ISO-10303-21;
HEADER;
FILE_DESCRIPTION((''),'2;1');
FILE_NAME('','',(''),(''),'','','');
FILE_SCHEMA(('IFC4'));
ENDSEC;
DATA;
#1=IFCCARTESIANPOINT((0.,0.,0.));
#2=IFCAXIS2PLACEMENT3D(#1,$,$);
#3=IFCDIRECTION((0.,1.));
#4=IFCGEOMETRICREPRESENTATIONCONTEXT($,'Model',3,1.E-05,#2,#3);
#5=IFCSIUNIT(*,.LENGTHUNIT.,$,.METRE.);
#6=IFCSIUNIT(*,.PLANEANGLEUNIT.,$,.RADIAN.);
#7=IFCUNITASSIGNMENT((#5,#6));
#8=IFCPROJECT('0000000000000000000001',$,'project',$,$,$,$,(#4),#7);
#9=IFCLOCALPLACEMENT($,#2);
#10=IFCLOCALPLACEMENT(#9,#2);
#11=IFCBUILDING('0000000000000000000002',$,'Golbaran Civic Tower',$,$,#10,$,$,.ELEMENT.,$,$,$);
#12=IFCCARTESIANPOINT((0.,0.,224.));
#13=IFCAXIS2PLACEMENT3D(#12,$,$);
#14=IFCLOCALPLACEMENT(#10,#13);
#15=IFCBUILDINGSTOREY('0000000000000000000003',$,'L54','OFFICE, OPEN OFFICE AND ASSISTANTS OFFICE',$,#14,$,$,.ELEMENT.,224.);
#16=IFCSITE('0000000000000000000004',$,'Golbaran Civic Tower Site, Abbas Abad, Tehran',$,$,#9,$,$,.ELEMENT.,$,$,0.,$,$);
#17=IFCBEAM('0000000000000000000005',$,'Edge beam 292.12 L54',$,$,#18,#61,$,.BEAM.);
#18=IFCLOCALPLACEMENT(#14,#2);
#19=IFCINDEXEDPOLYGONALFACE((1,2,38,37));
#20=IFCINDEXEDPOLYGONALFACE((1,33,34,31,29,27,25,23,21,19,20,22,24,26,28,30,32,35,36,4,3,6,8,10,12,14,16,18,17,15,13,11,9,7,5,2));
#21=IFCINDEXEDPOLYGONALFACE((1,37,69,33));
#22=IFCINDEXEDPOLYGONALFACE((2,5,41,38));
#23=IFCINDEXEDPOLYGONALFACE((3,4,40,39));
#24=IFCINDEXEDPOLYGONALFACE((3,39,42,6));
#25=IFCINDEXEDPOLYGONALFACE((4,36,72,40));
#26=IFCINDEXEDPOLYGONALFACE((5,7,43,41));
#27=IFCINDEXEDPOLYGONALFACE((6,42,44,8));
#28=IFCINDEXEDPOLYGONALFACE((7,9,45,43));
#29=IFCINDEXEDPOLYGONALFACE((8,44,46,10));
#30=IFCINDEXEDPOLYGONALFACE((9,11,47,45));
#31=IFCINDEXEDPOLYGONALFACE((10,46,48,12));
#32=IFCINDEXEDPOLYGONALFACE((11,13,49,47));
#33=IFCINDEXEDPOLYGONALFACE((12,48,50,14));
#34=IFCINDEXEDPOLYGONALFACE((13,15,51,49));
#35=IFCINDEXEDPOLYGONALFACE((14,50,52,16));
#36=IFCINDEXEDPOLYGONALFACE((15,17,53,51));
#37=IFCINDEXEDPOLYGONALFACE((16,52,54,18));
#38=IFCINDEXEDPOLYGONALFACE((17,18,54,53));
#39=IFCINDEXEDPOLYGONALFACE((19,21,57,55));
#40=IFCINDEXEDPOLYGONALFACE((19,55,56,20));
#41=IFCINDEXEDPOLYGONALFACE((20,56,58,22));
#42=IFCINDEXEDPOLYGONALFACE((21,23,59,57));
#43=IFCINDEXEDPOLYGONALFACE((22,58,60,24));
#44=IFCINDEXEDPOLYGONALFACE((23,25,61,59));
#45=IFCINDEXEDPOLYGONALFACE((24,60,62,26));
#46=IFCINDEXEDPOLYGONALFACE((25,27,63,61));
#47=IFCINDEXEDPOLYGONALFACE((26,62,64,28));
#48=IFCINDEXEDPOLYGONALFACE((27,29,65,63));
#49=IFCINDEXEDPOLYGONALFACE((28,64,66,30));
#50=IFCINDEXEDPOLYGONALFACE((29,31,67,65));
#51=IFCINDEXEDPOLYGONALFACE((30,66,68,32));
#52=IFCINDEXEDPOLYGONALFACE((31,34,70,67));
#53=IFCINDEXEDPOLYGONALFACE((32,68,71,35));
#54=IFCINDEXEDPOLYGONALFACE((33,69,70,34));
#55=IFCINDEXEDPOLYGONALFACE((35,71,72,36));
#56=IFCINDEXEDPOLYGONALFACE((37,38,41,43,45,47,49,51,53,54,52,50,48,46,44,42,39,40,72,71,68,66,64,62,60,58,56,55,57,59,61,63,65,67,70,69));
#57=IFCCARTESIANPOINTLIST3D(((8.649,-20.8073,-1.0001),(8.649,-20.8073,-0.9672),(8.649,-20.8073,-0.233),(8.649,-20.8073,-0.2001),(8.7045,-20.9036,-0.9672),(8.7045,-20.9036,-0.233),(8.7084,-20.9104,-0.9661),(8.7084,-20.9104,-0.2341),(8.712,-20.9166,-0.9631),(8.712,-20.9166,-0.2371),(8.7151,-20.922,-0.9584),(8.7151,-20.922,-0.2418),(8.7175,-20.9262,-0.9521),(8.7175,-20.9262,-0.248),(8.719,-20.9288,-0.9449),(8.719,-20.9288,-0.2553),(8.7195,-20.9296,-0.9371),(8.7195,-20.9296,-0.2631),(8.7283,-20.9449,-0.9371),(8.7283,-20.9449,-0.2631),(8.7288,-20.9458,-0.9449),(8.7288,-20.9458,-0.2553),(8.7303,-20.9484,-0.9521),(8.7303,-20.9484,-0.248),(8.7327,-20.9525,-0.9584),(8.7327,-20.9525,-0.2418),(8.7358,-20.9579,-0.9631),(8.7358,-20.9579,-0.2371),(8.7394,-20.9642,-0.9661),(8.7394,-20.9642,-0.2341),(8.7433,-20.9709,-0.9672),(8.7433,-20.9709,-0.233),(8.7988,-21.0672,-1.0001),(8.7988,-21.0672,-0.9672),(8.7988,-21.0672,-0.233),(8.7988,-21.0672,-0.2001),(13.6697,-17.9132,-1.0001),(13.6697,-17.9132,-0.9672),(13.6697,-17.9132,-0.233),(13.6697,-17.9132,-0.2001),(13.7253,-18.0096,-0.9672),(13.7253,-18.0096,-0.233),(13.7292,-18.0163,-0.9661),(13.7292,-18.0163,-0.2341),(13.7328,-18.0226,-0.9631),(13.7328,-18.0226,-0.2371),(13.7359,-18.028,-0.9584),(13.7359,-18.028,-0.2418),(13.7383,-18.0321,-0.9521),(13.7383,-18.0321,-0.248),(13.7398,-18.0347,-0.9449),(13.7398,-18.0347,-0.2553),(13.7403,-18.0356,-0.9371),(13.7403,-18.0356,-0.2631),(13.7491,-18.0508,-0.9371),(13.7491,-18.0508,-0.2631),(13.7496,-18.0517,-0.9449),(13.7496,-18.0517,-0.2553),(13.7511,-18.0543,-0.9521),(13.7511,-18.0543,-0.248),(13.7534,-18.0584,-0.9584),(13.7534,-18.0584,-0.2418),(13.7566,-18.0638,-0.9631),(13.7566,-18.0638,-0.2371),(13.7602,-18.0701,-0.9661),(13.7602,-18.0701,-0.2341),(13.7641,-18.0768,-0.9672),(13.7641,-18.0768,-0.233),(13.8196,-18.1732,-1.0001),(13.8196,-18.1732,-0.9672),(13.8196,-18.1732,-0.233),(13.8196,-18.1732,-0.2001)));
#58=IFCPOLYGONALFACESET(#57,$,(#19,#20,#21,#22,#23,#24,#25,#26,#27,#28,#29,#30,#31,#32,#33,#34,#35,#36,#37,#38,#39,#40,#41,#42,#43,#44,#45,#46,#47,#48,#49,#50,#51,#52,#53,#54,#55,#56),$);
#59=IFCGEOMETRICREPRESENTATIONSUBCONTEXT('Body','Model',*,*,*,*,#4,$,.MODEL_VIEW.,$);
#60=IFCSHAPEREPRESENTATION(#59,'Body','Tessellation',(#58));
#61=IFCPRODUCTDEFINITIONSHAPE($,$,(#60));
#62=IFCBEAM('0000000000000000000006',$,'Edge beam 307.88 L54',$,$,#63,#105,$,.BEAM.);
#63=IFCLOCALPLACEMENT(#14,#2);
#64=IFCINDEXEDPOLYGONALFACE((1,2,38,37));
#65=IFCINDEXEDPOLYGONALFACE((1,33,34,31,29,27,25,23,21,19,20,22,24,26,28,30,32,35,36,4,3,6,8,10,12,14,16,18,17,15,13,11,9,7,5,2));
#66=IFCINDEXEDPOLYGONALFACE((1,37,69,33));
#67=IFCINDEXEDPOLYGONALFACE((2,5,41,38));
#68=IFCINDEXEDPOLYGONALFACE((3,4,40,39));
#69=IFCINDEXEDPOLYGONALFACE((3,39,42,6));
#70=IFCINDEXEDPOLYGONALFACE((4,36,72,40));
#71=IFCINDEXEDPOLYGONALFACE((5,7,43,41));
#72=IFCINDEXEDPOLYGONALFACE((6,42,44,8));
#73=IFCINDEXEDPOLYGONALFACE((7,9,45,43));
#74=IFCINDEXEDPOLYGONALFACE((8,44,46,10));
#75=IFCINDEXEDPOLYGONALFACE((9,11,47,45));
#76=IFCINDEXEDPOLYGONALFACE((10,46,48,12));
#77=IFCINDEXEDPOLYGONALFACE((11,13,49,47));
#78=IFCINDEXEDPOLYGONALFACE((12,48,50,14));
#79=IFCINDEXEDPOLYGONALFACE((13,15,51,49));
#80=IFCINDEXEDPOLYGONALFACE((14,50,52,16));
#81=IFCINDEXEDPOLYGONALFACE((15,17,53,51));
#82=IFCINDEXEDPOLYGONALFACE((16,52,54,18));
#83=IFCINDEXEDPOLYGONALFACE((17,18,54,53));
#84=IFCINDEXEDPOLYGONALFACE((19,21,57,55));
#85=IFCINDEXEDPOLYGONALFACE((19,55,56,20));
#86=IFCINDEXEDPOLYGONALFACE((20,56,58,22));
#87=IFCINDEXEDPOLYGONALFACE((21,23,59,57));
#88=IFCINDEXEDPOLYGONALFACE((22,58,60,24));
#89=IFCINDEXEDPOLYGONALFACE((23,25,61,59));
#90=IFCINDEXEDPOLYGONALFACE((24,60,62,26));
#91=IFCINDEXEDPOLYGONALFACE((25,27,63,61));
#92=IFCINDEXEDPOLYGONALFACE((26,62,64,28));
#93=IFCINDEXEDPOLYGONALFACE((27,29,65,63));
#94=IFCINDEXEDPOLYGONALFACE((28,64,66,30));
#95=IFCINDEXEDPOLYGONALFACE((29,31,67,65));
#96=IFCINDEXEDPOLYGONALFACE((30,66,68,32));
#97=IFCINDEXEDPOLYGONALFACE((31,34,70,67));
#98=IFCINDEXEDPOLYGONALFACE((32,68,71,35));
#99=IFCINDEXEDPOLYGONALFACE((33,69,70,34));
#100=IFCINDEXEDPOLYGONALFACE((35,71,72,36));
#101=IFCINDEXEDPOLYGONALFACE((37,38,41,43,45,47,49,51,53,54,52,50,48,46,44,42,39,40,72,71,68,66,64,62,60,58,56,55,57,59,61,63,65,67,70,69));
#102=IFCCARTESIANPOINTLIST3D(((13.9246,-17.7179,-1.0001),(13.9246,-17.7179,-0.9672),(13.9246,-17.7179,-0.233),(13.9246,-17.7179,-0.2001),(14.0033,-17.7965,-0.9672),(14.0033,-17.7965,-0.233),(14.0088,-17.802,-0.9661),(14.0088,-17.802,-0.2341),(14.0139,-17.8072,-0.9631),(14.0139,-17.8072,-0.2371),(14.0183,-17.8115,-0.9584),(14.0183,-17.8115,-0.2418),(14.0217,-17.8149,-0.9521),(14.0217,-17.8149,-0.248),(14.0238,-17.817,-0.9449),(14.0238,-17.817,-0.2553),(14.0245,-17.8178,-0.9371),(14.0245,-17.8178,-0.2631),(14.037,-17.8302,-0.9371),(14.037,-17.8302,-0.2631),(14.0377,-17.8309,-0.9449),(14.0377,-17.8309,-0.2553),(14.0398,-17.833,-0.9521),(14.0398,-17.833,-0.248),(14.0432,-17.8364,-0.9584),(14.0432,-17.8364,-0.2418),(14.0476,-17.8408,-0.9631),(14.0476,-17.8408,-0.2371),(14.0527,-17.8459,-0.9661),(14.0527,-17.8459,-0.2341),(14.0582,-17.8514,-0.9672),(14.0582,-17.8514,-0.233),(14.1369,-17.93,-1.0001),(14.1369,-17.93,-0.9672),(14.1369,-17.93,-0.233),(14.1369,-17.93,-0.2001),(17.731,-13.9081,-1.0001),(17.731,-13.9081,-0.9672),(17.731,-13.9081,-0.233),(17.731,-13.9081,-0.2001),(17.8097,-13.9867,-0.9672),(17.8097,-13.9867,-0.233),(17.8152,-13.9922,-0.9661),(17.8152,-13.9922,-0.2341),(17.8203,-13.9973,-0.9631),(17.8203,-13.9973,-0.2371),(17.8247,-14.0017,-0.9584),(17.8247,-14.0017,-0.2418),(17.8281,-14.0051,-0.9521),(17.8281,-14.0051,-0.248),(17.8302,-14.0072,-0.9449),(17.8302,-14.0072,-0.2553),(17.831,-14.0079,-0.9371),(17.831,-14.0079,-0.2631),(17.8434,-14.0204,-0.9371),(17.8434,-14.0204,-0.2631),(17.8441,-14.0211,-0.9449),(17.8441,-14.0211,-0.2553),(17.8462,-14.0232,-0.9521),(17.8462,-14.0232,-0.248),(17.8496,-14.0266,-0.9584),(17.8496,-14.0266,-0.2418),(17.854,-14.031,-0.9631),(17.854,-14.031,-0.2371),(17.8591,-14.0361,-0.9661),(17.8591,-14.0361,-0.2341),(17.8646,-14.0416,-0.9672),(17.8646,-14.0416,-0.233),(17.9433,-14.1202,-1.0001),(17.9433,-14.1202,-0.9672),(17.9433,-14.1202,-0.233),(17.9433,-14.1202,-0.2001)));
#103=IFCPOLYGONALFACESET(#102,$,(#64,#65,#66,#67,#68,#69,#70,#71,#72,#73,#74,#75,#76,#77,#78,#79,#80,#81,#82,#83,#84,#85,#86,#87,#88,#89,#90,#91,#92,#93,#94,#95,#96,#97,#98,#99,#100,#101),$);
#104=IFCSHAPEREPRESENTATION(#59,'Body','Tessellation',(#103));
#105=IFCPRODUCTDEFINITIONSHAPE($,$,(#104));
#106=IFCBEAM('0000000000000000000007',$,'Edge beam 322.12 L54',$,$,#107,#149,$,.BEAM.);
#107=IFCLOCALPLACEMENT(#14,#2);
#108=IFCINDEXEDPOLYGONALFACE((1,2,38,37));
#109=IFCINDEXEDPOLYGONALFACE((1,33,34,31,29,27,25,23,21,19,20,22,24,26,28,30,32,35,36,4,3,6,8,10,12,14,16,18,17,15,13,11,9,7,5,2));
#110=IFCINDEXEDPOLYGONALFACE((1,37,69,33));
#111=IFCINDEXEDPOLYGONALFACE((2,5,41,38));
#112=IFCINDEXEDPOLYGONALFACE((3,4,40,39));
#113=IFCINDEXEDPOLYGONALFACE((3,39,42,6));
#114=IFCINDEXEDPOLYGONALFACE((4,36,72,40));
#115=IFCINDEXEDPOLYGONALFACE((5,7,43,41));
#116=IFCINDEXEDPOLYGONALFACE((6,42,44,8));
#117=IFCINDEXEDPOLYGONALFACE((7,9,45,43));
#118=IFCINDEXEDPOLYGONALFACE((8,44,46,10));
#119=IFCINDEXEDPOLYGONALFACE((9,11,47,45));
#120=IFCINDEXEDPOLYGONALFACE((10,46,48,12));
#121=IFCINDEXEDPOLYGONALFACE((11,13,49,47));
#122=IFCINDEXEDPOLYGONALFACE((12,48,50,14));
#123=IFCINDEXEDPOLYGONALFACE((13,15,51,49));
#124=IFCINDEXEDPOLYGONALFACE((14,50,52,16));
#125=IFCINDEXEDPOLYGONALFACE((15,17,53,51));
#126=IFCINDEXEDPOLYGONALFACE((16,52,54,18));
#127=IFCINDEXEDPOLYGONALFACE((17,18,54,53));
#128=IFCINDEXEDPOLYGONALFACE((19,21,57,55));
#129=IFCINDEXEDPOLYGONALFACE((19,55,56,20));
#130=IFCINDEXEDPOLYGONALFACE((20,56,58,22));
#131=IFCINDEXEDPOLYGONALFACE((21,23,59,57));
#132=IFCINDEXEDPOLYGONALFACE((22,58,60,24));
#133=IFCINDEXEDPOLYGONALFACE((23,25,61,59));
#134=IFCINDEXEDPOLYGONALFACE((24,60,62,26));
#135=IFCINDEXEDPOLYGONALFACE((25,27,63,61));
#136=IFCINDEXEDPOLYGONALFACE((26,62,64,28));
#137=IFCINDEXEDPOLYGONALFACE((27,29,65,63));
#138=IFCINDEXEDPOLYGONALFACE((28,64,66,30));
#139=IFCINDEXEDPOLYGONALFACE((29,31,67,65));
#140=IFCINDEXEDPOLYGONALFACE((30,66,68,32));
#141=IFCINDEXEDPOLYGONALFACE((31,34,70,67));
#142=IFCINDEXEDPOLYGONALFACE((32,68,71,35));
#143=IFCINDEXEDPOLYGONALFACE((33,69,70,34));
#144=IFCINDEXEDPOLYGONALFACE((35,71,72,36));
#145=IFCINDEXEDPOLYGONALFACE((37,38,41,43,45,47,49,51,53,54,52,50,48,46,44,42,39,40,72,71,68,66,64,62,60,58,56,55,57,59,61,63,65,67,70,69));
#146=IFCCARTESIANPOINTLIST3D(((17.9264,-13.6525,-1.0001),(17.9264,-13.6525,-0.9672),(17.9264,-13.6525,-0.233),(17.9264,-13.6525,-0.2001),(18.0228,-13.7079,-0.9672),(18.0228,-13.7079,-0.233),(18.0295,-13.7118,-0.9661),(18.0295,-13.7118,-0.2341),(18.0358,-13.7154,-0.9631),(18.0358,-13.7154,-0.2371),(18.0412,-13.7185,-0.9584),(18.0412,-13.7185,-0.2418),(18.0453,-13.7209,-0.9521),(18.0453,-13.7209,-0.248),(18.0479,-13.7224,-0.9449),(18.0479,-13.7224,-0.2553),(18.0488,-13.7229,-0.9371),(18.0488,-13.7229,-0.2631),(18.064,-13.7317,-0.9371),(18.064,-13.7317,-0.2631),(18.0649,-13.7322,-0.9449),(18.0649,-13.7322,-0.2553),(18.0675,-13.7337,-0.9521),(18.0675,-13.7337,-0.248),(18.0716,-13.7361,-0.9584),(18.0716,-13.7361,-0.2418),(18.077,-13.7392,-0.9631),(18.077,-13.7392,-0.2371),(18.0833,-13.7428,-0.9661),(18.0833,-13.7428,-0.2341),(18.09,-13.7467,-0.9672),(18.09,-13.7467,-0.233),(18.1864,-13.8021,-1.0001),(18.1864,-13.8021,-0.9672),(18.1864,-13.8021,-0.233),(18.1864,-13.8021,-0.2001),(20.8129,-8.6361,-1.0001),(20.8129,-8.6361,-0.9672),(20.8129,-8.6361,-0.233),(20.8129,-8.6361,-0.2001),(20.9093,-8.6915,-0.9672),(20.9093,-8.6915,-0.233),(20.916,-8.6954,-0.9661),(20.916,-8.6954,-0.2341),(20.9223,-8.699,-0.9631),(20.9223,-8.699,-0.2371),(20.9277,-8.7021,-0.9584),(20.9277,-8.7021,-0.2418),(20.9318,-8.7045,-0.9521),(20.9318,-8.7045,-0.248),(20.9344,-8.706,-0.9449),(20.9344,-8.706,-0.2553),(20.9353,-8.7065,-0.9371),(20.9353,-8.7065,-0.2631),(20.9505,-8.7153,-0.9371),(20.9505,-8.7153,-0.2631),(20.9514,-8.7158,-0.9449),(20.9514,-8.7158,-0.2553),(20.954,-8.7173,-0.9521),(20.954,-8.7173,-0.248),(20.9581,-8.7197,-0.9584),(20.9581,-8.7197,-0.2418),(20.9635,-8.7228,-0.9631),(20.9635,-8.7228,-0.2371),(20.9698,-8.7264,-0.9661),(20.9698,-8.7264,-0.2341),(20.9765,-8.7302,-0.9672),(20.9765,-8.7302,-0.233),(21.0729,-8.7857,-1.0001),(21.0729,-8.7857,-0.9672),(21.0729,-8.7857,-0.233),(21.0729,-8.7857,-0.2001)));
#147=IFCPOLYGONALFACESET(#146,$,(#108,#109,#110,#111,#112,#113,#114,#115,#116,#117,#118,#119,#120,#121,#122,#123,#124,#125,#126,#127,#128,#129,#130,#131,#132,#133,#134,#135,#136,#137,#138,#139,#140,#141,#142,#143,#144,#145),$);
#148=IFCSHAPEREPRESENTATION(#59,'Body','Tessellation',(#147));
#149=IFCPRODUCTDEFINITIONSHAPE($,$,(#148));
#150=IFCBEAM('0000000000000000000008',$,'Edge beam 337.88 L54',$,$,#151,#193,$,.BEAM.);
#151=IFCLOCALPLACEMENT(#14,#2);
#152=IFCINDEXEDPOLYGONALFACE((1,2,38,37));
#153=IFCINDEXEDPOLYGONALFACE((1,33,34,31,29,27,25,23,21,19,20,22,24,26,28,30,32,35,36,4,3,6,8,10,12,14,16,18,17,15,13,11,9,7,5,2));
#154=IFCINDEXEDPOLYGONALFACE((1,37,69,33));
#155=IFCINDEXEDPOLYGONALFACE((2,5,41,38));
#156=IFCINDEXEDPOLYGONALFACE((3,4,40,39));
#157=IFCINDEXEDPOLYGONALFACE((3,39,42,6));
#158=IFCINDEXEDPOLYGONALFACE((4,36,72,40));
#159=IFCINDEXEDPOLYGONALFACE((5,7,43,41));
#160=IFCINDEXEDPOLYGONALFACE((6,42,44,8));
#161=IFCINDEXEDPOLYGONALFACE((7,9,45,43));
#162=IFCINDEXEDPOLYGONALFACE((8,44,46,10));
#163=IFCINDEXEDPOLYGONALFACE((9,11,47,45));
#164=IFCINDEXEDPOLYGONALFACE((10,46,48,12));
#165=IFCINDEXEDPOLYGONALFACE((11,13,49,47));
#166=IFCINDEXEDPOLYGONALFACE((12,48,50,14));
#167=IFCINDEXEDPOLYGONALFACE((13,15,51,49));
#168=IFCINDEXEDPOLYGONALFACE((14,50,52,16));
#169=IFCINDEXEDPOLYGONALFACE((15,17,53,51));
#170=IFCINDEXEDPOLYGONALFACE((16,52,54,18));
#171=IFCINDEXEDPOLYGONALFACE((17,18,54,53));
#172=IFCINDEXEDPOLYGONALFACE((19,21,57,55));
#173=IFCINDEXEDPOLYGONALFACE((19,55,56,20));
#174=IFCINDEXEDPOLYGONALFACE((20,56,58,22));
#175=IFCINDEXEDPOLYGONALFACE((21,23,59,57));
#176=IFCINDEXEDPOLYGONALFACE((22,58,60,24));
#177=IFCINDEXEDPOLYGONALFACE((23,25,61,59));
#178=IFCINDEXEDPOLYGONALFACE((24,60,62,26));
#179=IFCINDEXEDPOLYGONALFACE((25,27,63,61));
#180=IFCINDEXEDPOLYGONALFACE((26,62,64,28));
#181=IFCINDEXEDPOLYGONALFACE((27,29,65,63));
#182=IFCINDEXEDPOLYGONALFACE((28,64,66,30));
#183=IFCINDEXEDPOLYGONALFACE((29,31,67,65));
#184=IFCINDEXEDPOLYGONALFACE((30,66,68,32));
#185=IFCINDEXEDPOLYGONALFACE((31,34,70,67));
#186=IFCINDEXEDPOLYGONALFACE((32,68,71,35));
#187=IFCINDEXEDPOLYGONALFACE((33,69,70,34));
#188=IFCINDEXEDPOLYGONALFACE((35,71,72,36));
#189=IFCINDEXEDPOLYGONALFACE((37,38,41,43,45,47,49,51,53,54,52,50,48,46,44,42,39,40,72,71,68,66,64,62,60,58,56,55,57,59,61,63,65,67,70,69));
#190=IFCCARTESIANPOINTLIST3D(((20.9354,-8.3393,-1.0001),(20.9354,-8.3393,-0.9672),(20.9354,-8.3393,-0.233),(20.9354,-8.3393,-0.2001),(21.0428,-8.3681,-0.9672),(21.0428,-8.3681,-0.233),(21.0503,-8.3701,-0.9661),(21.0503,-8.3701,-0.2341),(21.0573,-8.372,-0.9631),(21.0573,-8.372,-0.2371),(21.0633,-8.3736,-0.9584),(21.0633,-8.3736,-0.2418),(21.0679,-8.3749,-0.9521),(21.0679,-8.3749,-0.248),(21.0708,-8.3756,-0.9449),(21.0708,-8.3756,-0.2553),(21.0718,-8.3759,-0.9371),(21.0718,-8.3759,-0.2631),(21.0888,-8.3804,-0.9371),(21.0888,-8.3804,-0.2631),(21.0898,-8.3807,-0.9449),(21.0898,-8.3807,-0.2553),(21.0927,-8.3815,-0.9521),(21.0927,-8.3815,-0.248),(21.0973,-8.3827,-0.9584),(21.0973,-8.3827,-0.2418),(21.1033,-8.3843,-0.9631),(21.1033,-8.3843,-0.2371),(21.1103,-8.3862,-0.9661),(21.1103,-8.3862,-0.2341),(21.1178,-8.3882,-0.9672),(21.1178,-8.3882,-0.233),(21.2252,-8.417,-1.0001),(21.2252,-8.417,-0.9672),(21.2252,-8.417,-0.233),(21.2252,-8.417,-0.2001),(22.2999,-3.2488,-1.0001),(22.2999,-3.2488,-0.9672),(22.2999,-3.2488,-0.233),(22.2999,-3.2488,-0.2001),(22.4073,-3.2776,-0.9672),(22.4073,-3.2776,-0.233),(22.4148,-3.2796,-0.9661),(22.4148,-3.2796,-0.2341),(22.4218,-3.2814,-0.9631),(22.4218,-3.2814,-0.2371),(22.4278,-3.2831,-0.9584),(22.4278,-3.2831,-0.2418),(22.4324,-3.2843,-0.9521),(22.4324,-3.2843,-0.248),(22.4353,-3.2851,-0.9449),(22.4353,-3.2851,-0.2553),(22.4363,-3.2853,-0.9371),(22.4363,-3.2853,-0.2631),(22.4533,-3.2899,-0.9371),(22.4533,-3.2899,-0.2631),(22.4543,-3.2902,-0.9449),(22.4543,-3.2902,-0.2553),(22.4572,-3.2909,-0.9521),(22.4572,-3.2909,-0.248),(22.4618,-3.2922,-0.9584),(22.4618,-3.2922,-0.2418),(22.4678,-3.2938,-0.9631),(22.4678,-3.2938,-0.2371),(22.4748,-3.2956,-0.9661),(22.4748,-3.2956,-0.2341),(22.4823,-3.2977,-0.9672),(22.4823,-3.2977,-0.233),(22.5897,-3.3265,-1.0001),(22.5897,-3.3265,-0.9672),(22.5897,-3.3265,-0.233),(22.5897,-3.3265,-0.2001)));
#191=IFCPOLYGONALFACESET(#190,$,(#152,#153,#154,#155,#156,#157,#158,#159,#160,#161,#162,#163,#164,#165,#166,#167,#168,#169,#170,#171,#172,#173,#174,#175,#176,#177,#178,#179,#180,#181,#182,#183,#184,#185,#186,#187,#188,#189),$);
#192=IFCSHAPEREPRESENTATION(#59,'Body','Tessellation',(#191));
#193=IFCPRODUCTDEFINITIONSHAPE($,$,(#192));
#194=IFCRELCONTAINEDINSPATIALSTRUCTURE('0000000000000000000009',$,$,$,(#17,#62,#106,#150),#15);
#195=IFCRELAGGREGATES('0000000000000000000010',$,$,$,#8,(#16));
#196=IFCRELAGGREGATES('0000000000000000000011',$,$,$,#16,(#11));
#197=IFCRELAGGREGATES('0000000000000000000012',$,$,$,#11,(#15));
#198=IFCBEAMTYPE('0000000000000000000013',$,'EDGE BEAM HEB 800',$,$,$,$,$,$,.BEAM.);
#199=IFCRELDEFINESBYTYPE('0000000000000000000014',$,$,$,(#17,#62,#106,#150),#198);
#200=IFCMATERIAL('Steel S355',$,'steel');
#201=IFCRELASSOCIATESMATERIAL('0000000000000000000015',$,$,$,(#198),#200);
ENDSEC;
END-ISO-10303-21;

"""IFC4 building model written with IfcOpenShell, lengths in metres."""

from ifc_helpers import new_model, si_unit, direction, frame, origin, origin_2d, place, context, subcontext, project, spatial, i_section, extrude, material, material_profile, profile_set, type_object, element, save


model = new_model("IFC4")

# Units and contexts
model_context = context("Model", 3, precision=1e-05, world=origin(), true_north=direction((0.0, 1.0)))
body_context = subcontext(model_context, "Body", "Model", "MODEL_VIEW")
ifc_project = project(units=[si_unit("LENGTHUNIT", "METRE"), si_unit("PLANEANGLEUNIT", "RADIAN")], contexts=[model_context])

# Site, building, storey
site_placement = place(None, origin())
site = spatial("IfcSite", under=ifc_project, at=site_placement, Name="Golbaran Civic Tower Site, Abbas Abad, Tehran", CompositionType="ELEMENT", RefElevation=0.0)
building_placement = place(site_placement, origin())
building = spatial("IfcBuilding", under=site, at=building_placement, Name="Golbaran Civic Tower", CompositionType="ELEMENT")
storey_placement = place(building_placement, frame((0.0, 0.0, 224.0)))
storey = spatial("IfcBuildingStorey", under=building, at=storey_placement, Name="L54", Description="OFFICE, OPEN OFFICE AND ASSISTANTS OFFICE", CompositionType="ELEMENT", Elevation=224.0)

# Beams
ifc_material_1 = material(Name="Steel S355", Category="steel")
ifc_material_profile_1 = material_profile(ifc_material_1, i_section(OverallWidth=0.3, OverallDepth=0.8, WebThickness=0.0176, FlangeThickness=0.033, FilletRadius=0.03, at=origin_2d()), Name="HEB 800")
ifc_profile_set_1 = profile_set([ifc_material_profile_1], Name="Steel S355")
beam_type_1 = type_object("IfcBeamType", Name="EDGE BEAM HEB 800", PredefinedType="BEAM", material=ifc_profile_set_1)
beam_1_placement = place(storey_placement, frame((8.7239, -20.9373, -0.6001), z_axis=(0.866376, 0.499393, 0.0), x_axis=(-0.499393, 0.866376, 0.0)))
element("IfcBeam", 1, at=beam_1_placement, inside=storey, type_object=beam_type_1, Name="Edge beam 292.12 L54", PredefinedType="BEAM", context=body_context, shape_type="SweptSolid", body=[
    extrude(i_section(OverallWidth=0.3, OverallDepth=0.8, WebThickness=0.0176, FlangeThickness=0.033, FilletRadius=0.03, at=origin_2d()), origin(), (0.0, 0.0, 1.0), 5.7952),
])
beam_2_placement = place(storey_placement, frame((14.0308, -17.824, -0.6001), z_axis=(0.706789, 0.707424, 0.0), x_axis=(-0.707424, 0.706789, 0.0)))
element("IfcBeam", 2, at=beam_2_placement, inside=storey, type_object=beam_type_1, Name="Edge beam 307.88 L54", PredefinedType="BEAM", context=body_context, shape_type="SweptSolid", body=[
    extrude(i_section(OverallWidth=0.3, OverallDepth=0.8, WebThickness=0.0176, FlangeThickness=0.033, FilletRadius=0.03, at=origin_2d()), origin(), (0.0, 0.0, 1.0), 5.3855),
])
beam_3_placement = place(storey_placement, frame((18.0564, -13.7273, -0.6001), z_axis=(0.49874, 0.866752, 0.0), x_axis=(-0.866752, 0.49874, 0.0)))
element("IfcBeam", 3, at=beam_3_placement, inside=storey, type_object=beam_type_1, Name="Edge beam 322.12 L54", PredefinedType="BEAM", context=body_context, shape_type="SweptSolid", body=[
    extrude(i_section(OverallWidth=0.3, OverallDepth=0.8, WebThickness=0.0176, FlangeThickness=0.033, FilletRadius=0.03, at=origin_2d()), origin(), (0.0, 0.0, 1.0), 5.7876),
])
beam_4_placement = place(storey_placement, frame((21.0803, -8.3782, -0.6001), z_axis=(0.258905, 0.965903, 0.0), x_axis=(-0.965903, 0.258905, 0.0)))
element("IfcBeam", 4, at=beam_4_placement, inside=storey, type_object=beam_type_1, Name="Edge beam 337.88 L54", PredefinedType="BEAM", context=body_context, shape_type="SweptSolid", body=[
    extrude(i_section(OverallWidth=0.3, OverallDepth=0.8, WebThickness=0.0176, FlangeThickness=0.033, FilletRadius=0.03, at=origin_2d()), origin(), (0.0, 0.0, 1.0), 5.2703),
])

save(model, "model.ifc")
